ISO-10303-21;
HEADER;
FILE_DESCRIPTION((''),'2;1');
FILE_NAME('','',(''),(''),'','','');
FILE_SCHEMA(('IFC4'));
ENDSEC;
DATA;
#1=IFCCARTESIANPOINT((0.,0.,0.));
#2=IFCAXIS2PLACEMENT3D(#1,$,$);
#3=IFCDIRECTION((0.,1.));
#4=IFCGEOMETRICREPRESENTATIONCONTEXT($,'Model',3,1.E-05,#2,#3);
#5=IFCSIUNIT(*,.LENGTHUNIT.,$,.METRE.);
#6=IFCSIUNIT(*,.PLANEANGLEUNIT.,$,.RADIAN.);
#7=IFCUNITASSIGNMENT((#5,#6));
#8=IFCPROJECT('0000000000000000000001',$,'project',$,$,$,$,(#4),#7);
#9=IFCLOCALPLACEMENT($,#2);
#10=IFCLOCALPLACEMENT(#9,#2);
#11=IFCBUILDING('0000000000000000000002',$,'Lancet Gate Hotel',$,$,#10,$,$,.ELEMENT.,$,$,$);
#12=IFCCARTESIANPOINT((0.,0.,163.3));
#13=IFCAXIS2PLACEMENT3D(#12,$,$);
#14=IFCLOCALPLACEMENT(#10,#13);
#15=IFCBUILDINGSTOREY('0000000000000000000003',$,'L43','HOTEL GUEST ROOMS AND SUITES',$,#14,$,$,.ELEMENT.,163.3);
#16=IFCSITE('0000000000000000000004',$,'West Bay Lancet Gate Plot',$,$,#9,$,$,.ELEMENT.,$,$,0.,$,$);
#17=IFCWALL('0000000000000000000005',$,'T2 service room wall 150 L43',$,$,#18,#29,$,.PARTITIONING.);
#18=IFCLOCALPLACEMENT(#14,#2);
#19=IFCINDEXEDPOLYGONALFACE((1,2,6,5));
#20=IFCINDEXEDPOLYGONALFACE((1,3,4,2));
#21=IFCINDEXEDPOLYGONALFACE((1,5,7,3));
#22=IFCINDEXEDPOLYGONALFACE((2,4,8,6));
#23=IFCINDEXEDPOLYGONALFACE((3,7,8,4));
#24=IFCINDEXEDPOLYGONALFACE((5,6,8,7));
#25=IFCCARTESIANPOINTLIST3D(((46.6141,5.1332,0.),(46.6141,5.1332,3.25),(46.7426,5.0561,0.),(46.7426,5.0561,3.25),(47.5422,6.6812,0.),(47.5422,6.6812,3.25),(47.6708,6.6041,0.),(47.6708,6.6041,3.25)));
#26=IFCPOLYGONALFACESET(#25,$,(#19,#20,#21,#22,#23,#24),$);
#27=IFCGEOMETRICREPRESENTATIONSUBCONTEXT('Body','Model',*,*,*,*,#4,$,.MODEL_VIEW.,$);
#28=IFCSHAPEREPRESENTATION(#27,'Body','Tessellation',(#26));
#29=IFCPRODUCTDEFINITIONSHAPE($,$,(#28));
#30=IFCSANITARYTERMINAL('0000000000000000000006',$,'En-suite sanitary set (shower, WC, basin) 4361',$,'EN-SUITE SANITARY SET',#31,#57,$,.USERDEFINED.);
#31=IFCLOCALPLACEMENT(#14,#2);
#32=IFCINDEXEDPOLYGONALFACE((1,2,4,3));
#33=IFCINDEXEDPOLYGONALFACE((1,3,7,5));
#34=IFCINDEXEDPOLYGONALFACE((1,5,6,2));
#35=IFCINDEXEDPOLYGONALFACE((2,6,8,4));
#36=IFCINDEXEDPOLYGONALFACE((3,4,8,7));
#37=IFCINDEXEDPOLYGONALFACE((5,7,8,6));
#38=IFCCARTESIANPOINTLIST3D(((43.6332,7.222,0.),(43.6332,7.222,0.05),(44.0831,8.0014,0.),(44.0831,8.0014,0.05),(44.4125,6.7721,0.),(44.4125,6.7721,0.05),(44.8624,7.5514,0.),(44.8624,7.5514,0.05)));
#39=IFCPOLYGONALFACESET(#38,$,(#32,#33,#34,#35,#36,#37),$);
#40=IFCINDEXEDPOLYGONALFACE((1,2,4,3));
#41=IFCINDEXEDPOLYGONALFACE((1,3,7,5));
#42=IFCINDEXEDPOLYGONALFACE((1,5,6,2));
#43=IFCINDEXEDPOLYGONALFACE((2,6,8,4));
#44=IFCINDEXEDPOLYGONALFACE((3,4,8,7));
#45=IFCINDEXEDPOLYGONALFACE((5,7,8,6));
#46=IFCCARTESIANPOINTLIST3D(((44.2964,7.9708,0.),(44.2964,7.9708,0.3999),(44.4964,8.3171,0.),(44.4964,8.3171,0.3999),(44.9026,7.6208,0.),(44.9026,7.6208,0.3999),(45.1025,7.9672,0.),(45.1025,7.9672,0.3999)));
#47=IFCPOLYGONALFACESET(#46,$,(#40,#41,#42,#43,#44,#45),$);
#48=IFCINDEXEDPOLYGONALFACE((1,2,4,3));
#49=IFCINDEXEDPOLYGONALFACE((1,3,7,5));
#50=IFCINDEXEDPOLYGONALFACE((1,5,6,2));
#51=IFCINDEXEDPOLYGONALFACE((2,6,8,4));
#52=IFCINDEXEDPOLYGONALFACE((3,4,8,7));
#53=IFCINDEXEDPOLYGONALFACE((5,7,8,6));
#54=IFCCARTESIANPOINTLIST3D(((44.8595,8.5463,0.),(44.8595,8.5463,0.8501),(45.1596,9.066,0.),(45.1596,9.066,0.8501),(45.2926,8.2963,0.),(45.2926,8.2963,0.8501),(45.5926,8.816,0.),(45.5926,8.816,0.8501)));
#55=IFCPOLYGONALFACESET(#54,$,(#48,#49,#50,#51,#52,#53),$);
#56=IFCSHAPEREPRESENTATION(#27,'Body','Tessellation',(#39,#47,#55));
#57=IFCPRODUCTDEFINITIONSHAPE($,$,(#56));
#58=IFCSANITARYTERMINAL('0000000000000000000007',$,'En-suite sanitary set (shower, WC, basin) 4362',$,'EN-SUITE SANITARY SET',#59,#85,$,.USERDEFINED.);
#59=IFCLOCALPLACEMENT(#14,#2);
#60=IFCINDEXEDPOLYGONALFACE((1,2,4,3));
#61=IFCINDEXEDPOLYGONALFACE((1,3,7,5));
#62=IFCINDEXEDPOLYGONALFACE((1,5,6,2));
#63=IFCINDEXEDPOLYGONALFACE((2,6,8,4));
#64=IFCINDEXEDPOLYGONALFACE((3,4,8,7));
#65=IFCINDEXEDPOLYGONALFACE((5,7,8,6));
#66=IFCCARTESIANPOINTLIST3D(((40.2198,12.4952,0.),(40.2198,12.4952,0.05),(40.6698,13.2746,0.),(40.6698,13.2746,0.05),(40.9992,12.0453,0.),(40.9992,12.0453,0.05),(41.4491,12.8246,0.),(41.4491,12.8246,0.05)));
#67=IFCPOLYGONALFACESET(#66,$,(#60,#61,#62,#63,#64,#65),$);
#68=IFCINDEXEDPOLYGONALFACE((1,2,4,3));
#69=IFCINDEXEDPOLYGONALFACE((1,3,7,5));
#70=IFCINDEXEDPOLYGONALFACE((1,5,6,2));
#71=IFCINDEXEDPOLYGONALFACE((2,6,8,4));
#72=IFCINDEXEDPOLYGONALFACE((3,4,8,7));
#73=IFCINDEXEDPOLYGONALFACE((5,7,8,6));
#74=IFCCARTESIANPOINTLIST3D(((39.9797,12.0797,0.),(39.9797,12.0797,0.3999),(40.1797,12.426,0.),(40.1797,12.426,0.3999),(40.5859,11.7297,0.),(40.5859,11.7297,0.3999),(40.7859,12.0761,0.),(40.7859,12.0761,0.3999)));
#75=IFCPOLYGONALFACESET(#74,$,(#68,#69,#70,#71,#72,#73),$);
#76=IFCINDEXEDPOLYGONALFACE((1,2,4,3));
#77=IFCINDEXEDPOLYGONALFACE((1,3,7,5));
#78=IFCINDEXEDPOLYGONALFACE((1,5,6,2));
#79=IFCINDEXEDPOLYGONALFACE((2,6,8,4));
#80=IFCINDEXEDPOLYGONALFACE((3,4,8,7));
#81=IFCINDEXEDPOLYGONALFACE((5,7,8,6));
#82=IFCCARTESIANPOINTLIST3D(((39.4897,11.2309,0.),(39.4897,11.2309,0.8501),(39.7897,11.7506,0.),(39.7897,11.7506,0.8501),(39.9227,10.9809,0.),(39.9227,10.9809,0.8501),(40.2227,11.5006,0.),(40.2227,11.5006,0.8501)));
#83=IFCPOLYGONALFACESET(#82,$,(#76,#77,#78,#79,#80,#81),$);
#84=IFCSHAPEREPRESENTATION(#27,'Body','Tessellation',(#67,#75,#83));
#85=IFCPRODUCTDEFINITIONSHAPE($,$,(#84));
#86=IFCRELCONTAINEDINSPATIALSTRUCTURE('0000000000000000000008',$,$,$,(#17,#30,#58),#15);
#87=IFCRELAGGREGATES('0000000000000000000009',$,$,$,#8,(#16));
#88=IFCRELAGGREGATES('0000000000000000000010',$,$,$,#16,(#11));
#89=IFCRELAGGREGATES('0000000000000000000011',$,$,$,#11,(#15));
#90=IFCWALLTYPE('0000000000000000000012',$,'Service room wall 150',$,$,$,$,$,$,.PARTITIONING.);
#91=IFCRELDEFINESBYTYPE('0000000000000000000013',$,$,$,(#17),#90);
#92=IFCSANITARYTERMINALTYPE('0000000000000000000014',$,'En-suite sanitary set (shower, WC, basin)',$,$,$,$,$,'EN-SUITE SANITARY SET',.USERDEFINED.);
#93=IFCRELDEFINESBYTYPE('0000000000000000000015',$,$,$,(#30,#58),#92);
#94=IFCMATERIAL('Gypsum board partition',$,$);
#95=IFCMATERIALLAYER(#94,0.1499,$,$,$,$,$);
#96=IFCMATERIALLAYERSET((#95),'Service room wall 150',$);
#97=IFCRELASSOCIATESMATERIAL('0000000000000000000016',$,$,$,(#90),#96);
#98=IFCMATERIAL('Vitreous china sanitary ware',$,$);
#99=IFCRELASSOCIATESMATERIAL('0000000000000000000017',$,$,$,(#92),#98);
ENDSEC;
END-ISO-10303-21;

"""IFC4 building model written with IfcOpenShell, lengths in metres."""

from ifc_helpers import new_model, si_unit, direction, frame, frame_2d, origin, origin_2d, place, context, subcontext, project, spatial, rectangle, extrude, material, layer, layer_set, type_object, element, save


model = new_model("IFC4")

# Units and contexts
model_context = context("Model", 3, precision=1e-05, world=origin(), true_north=direction((0.0, 1.0)))
body_context = subcontext(model_context, "Body", "Model", "MODEL_VIEW")
ifc_project = project(units=[si_unit("LENGTHUNIT", "METRE"), si_unit("PLANEANGLEUNIT", "RADIAN")], contexts=[model_context])

# Site, building, storey
site_placement = place(None, origin())
site = spatial("IfcSite", under=ifc_project, at=site_placement, Name="West Bay Lancet Gate Plot", CompositionType="ELEMENT", RefElevation=0.0)
building_placement = place(site_placement, origin())
building = spatial("IfcBuilding", under=site, at=building_placement, Name="Lancet Gate Hotel", CompositionType="ELEMENT")
storey_placement = place(building_placement, frame((0.0, 0.0, 163.3)))
storey = spatial("IfcBuildingStorey", under=building, at=storey_placement, Name="L43", Description="HOTEL GUEST ROOMS AND SUITES", CompositionType="ELEMENT", Elevation=163.3)

# Wall
ifc_material_1 = material(Name="Gypsum board partition")
ifc_layer_1 = layer(ifc_material_1, 0.1499)
ifc_layer_set_1 = layer_set([ifc_layer_1], Name="Service room wall 150")
wall_type_1 = type_object("IfcWallType", Name="Service room wall 150", PredefinedType="PARTITIONING", material=ifc_layer_set_1)
wall_1_placement = place(storey_placement, frame((47.6064, 6.6426, 0.0), z_axis=(0.0, 0.0, 1.0), x_axis=(-0.514237, -0.857648, 0.0)))
element("IfcWall", 1, at=wall_1_placement, inside=storey, type_object=wall_type_1, Name="T2 service room wall 150 L43", PredefinedType="PARTITIONING", context=body_context, shape_type="SweptSolid", body=[
    extrude(rectangle(XDim=1.8049, YDim=0.1499, at=frame_2d((0.9023, 0.0))), origin(), (0.0, 0.0, 1.0), 3.25),
])

# Sanitary terminals
ifc_material_2 = material(Name="Vitreous china sanitary ware")
sanitary_terminal_type = type_object("IfcSanitaryTerminalType", Name="En-suite sanitary set (shower, WC, basin)", ElementType="EN-SUITE SANITARY SET", PredefinedType="USERDEFINED", material=ifc_material_2)
sanitary_terminal_1_placement = place(storey_placement, frame((44.2478, 7.3867, 0.0), z_axis=(0.0, 0.0, 1.0), x_axis=(1.0, 0.0, 0.0)))
element("IfcSanitaryTerminal", 2, at=sanitary_terminal_1_placement, inside=storey, type_object=sanitary_terminal_type, Name="En-suite sanitary set (shower, WC, basin) 4361", ObjectType="EN-SUITE SANITARY SET", PredefinedType="USERDEFINED", context=body_context, shape_type="SweptSolid", body=[
    extrude(rectangle(XDim=0.8999, YDim=0.8999, at=origin_2d()), frame((0.0, 0.0, 0.0), z_axis=(0.0, 0.0, 1.0), x_axis=(-0.5, -0.866025, 0.0)), (0.0, 0.0, 1.0), 0.05),
    extrude(rectangle(XDim=0.3999, YDim=0.7, at=origin_2d()), frame((0.4517, 0.5823, 0.0), z_axis=(0.0, 0.0, 1.0), x_axis=(-0.5, -0.866025, 0.0)), (0.0, 0.0, 1.0), 0.3999),
    extrude(rectangle(XDim=0.6001, YDim=0.5, at=origin_2d()), frame((0.9783, 1.2944, 0.0), z_axis=(0.0, 0.0, 1.0), x_axis=(-0.5, -0.866025, 0.0)), (0.0, 0.0, 1.0), 0.8501),
])
sanitary_terminal_2_placement = place(storey_placement, frame((40.8345, 12.6599, 0.0), z_axis=(0.0, 0.0, 1.0), x_axis=(1.0, 0.0, 0.0)))
element("IfcSanitaryTerminal", 3, at=sanitary_terminal_2_placement, inside=storey, type_object=sanitary_terminal_type, Name="En-suite sanitary set (shower, WC, basin) 4362", ObjectType="EN-SUITE SANITARY SET", PredefinedType="USERDEFINED", context=body_context, shape_type="SweptSolid", body=[
    extrude(rectangle(XDim=0.8999, YDim=0.8999, at=origin_2d()), frame((0.0, 0.0, 0.0), z_axis=(0.0, 0.0, 1.0), x_axis=(0.5, 0.866025, 0.0)), (0.0, 0.0, 1.0), 0.05),
    extrude(rectangle(XDim=0.3999, YDim=0.7, at=origin_2d()), frame((-0.4517, -0.582, 0.0), z_axis=(0.0, 0.0, 1.0), x_axis=(0.5, 0.866025, 0.0)), (0.0, 0.0, 1.0), 0.3999),
    extrude(rectangle(XDim=0.6001, YDim=0.5, at=origin_2d()), frame((-0.9783, -1.2942, 0.0), z_axis=(0.0, 0.0, 1.0), x_axis=(0.5, 0.866025, 0.0)), (0.0, 0.0, 1.0), 0.8501),
])

save(model, "model.ifc")
